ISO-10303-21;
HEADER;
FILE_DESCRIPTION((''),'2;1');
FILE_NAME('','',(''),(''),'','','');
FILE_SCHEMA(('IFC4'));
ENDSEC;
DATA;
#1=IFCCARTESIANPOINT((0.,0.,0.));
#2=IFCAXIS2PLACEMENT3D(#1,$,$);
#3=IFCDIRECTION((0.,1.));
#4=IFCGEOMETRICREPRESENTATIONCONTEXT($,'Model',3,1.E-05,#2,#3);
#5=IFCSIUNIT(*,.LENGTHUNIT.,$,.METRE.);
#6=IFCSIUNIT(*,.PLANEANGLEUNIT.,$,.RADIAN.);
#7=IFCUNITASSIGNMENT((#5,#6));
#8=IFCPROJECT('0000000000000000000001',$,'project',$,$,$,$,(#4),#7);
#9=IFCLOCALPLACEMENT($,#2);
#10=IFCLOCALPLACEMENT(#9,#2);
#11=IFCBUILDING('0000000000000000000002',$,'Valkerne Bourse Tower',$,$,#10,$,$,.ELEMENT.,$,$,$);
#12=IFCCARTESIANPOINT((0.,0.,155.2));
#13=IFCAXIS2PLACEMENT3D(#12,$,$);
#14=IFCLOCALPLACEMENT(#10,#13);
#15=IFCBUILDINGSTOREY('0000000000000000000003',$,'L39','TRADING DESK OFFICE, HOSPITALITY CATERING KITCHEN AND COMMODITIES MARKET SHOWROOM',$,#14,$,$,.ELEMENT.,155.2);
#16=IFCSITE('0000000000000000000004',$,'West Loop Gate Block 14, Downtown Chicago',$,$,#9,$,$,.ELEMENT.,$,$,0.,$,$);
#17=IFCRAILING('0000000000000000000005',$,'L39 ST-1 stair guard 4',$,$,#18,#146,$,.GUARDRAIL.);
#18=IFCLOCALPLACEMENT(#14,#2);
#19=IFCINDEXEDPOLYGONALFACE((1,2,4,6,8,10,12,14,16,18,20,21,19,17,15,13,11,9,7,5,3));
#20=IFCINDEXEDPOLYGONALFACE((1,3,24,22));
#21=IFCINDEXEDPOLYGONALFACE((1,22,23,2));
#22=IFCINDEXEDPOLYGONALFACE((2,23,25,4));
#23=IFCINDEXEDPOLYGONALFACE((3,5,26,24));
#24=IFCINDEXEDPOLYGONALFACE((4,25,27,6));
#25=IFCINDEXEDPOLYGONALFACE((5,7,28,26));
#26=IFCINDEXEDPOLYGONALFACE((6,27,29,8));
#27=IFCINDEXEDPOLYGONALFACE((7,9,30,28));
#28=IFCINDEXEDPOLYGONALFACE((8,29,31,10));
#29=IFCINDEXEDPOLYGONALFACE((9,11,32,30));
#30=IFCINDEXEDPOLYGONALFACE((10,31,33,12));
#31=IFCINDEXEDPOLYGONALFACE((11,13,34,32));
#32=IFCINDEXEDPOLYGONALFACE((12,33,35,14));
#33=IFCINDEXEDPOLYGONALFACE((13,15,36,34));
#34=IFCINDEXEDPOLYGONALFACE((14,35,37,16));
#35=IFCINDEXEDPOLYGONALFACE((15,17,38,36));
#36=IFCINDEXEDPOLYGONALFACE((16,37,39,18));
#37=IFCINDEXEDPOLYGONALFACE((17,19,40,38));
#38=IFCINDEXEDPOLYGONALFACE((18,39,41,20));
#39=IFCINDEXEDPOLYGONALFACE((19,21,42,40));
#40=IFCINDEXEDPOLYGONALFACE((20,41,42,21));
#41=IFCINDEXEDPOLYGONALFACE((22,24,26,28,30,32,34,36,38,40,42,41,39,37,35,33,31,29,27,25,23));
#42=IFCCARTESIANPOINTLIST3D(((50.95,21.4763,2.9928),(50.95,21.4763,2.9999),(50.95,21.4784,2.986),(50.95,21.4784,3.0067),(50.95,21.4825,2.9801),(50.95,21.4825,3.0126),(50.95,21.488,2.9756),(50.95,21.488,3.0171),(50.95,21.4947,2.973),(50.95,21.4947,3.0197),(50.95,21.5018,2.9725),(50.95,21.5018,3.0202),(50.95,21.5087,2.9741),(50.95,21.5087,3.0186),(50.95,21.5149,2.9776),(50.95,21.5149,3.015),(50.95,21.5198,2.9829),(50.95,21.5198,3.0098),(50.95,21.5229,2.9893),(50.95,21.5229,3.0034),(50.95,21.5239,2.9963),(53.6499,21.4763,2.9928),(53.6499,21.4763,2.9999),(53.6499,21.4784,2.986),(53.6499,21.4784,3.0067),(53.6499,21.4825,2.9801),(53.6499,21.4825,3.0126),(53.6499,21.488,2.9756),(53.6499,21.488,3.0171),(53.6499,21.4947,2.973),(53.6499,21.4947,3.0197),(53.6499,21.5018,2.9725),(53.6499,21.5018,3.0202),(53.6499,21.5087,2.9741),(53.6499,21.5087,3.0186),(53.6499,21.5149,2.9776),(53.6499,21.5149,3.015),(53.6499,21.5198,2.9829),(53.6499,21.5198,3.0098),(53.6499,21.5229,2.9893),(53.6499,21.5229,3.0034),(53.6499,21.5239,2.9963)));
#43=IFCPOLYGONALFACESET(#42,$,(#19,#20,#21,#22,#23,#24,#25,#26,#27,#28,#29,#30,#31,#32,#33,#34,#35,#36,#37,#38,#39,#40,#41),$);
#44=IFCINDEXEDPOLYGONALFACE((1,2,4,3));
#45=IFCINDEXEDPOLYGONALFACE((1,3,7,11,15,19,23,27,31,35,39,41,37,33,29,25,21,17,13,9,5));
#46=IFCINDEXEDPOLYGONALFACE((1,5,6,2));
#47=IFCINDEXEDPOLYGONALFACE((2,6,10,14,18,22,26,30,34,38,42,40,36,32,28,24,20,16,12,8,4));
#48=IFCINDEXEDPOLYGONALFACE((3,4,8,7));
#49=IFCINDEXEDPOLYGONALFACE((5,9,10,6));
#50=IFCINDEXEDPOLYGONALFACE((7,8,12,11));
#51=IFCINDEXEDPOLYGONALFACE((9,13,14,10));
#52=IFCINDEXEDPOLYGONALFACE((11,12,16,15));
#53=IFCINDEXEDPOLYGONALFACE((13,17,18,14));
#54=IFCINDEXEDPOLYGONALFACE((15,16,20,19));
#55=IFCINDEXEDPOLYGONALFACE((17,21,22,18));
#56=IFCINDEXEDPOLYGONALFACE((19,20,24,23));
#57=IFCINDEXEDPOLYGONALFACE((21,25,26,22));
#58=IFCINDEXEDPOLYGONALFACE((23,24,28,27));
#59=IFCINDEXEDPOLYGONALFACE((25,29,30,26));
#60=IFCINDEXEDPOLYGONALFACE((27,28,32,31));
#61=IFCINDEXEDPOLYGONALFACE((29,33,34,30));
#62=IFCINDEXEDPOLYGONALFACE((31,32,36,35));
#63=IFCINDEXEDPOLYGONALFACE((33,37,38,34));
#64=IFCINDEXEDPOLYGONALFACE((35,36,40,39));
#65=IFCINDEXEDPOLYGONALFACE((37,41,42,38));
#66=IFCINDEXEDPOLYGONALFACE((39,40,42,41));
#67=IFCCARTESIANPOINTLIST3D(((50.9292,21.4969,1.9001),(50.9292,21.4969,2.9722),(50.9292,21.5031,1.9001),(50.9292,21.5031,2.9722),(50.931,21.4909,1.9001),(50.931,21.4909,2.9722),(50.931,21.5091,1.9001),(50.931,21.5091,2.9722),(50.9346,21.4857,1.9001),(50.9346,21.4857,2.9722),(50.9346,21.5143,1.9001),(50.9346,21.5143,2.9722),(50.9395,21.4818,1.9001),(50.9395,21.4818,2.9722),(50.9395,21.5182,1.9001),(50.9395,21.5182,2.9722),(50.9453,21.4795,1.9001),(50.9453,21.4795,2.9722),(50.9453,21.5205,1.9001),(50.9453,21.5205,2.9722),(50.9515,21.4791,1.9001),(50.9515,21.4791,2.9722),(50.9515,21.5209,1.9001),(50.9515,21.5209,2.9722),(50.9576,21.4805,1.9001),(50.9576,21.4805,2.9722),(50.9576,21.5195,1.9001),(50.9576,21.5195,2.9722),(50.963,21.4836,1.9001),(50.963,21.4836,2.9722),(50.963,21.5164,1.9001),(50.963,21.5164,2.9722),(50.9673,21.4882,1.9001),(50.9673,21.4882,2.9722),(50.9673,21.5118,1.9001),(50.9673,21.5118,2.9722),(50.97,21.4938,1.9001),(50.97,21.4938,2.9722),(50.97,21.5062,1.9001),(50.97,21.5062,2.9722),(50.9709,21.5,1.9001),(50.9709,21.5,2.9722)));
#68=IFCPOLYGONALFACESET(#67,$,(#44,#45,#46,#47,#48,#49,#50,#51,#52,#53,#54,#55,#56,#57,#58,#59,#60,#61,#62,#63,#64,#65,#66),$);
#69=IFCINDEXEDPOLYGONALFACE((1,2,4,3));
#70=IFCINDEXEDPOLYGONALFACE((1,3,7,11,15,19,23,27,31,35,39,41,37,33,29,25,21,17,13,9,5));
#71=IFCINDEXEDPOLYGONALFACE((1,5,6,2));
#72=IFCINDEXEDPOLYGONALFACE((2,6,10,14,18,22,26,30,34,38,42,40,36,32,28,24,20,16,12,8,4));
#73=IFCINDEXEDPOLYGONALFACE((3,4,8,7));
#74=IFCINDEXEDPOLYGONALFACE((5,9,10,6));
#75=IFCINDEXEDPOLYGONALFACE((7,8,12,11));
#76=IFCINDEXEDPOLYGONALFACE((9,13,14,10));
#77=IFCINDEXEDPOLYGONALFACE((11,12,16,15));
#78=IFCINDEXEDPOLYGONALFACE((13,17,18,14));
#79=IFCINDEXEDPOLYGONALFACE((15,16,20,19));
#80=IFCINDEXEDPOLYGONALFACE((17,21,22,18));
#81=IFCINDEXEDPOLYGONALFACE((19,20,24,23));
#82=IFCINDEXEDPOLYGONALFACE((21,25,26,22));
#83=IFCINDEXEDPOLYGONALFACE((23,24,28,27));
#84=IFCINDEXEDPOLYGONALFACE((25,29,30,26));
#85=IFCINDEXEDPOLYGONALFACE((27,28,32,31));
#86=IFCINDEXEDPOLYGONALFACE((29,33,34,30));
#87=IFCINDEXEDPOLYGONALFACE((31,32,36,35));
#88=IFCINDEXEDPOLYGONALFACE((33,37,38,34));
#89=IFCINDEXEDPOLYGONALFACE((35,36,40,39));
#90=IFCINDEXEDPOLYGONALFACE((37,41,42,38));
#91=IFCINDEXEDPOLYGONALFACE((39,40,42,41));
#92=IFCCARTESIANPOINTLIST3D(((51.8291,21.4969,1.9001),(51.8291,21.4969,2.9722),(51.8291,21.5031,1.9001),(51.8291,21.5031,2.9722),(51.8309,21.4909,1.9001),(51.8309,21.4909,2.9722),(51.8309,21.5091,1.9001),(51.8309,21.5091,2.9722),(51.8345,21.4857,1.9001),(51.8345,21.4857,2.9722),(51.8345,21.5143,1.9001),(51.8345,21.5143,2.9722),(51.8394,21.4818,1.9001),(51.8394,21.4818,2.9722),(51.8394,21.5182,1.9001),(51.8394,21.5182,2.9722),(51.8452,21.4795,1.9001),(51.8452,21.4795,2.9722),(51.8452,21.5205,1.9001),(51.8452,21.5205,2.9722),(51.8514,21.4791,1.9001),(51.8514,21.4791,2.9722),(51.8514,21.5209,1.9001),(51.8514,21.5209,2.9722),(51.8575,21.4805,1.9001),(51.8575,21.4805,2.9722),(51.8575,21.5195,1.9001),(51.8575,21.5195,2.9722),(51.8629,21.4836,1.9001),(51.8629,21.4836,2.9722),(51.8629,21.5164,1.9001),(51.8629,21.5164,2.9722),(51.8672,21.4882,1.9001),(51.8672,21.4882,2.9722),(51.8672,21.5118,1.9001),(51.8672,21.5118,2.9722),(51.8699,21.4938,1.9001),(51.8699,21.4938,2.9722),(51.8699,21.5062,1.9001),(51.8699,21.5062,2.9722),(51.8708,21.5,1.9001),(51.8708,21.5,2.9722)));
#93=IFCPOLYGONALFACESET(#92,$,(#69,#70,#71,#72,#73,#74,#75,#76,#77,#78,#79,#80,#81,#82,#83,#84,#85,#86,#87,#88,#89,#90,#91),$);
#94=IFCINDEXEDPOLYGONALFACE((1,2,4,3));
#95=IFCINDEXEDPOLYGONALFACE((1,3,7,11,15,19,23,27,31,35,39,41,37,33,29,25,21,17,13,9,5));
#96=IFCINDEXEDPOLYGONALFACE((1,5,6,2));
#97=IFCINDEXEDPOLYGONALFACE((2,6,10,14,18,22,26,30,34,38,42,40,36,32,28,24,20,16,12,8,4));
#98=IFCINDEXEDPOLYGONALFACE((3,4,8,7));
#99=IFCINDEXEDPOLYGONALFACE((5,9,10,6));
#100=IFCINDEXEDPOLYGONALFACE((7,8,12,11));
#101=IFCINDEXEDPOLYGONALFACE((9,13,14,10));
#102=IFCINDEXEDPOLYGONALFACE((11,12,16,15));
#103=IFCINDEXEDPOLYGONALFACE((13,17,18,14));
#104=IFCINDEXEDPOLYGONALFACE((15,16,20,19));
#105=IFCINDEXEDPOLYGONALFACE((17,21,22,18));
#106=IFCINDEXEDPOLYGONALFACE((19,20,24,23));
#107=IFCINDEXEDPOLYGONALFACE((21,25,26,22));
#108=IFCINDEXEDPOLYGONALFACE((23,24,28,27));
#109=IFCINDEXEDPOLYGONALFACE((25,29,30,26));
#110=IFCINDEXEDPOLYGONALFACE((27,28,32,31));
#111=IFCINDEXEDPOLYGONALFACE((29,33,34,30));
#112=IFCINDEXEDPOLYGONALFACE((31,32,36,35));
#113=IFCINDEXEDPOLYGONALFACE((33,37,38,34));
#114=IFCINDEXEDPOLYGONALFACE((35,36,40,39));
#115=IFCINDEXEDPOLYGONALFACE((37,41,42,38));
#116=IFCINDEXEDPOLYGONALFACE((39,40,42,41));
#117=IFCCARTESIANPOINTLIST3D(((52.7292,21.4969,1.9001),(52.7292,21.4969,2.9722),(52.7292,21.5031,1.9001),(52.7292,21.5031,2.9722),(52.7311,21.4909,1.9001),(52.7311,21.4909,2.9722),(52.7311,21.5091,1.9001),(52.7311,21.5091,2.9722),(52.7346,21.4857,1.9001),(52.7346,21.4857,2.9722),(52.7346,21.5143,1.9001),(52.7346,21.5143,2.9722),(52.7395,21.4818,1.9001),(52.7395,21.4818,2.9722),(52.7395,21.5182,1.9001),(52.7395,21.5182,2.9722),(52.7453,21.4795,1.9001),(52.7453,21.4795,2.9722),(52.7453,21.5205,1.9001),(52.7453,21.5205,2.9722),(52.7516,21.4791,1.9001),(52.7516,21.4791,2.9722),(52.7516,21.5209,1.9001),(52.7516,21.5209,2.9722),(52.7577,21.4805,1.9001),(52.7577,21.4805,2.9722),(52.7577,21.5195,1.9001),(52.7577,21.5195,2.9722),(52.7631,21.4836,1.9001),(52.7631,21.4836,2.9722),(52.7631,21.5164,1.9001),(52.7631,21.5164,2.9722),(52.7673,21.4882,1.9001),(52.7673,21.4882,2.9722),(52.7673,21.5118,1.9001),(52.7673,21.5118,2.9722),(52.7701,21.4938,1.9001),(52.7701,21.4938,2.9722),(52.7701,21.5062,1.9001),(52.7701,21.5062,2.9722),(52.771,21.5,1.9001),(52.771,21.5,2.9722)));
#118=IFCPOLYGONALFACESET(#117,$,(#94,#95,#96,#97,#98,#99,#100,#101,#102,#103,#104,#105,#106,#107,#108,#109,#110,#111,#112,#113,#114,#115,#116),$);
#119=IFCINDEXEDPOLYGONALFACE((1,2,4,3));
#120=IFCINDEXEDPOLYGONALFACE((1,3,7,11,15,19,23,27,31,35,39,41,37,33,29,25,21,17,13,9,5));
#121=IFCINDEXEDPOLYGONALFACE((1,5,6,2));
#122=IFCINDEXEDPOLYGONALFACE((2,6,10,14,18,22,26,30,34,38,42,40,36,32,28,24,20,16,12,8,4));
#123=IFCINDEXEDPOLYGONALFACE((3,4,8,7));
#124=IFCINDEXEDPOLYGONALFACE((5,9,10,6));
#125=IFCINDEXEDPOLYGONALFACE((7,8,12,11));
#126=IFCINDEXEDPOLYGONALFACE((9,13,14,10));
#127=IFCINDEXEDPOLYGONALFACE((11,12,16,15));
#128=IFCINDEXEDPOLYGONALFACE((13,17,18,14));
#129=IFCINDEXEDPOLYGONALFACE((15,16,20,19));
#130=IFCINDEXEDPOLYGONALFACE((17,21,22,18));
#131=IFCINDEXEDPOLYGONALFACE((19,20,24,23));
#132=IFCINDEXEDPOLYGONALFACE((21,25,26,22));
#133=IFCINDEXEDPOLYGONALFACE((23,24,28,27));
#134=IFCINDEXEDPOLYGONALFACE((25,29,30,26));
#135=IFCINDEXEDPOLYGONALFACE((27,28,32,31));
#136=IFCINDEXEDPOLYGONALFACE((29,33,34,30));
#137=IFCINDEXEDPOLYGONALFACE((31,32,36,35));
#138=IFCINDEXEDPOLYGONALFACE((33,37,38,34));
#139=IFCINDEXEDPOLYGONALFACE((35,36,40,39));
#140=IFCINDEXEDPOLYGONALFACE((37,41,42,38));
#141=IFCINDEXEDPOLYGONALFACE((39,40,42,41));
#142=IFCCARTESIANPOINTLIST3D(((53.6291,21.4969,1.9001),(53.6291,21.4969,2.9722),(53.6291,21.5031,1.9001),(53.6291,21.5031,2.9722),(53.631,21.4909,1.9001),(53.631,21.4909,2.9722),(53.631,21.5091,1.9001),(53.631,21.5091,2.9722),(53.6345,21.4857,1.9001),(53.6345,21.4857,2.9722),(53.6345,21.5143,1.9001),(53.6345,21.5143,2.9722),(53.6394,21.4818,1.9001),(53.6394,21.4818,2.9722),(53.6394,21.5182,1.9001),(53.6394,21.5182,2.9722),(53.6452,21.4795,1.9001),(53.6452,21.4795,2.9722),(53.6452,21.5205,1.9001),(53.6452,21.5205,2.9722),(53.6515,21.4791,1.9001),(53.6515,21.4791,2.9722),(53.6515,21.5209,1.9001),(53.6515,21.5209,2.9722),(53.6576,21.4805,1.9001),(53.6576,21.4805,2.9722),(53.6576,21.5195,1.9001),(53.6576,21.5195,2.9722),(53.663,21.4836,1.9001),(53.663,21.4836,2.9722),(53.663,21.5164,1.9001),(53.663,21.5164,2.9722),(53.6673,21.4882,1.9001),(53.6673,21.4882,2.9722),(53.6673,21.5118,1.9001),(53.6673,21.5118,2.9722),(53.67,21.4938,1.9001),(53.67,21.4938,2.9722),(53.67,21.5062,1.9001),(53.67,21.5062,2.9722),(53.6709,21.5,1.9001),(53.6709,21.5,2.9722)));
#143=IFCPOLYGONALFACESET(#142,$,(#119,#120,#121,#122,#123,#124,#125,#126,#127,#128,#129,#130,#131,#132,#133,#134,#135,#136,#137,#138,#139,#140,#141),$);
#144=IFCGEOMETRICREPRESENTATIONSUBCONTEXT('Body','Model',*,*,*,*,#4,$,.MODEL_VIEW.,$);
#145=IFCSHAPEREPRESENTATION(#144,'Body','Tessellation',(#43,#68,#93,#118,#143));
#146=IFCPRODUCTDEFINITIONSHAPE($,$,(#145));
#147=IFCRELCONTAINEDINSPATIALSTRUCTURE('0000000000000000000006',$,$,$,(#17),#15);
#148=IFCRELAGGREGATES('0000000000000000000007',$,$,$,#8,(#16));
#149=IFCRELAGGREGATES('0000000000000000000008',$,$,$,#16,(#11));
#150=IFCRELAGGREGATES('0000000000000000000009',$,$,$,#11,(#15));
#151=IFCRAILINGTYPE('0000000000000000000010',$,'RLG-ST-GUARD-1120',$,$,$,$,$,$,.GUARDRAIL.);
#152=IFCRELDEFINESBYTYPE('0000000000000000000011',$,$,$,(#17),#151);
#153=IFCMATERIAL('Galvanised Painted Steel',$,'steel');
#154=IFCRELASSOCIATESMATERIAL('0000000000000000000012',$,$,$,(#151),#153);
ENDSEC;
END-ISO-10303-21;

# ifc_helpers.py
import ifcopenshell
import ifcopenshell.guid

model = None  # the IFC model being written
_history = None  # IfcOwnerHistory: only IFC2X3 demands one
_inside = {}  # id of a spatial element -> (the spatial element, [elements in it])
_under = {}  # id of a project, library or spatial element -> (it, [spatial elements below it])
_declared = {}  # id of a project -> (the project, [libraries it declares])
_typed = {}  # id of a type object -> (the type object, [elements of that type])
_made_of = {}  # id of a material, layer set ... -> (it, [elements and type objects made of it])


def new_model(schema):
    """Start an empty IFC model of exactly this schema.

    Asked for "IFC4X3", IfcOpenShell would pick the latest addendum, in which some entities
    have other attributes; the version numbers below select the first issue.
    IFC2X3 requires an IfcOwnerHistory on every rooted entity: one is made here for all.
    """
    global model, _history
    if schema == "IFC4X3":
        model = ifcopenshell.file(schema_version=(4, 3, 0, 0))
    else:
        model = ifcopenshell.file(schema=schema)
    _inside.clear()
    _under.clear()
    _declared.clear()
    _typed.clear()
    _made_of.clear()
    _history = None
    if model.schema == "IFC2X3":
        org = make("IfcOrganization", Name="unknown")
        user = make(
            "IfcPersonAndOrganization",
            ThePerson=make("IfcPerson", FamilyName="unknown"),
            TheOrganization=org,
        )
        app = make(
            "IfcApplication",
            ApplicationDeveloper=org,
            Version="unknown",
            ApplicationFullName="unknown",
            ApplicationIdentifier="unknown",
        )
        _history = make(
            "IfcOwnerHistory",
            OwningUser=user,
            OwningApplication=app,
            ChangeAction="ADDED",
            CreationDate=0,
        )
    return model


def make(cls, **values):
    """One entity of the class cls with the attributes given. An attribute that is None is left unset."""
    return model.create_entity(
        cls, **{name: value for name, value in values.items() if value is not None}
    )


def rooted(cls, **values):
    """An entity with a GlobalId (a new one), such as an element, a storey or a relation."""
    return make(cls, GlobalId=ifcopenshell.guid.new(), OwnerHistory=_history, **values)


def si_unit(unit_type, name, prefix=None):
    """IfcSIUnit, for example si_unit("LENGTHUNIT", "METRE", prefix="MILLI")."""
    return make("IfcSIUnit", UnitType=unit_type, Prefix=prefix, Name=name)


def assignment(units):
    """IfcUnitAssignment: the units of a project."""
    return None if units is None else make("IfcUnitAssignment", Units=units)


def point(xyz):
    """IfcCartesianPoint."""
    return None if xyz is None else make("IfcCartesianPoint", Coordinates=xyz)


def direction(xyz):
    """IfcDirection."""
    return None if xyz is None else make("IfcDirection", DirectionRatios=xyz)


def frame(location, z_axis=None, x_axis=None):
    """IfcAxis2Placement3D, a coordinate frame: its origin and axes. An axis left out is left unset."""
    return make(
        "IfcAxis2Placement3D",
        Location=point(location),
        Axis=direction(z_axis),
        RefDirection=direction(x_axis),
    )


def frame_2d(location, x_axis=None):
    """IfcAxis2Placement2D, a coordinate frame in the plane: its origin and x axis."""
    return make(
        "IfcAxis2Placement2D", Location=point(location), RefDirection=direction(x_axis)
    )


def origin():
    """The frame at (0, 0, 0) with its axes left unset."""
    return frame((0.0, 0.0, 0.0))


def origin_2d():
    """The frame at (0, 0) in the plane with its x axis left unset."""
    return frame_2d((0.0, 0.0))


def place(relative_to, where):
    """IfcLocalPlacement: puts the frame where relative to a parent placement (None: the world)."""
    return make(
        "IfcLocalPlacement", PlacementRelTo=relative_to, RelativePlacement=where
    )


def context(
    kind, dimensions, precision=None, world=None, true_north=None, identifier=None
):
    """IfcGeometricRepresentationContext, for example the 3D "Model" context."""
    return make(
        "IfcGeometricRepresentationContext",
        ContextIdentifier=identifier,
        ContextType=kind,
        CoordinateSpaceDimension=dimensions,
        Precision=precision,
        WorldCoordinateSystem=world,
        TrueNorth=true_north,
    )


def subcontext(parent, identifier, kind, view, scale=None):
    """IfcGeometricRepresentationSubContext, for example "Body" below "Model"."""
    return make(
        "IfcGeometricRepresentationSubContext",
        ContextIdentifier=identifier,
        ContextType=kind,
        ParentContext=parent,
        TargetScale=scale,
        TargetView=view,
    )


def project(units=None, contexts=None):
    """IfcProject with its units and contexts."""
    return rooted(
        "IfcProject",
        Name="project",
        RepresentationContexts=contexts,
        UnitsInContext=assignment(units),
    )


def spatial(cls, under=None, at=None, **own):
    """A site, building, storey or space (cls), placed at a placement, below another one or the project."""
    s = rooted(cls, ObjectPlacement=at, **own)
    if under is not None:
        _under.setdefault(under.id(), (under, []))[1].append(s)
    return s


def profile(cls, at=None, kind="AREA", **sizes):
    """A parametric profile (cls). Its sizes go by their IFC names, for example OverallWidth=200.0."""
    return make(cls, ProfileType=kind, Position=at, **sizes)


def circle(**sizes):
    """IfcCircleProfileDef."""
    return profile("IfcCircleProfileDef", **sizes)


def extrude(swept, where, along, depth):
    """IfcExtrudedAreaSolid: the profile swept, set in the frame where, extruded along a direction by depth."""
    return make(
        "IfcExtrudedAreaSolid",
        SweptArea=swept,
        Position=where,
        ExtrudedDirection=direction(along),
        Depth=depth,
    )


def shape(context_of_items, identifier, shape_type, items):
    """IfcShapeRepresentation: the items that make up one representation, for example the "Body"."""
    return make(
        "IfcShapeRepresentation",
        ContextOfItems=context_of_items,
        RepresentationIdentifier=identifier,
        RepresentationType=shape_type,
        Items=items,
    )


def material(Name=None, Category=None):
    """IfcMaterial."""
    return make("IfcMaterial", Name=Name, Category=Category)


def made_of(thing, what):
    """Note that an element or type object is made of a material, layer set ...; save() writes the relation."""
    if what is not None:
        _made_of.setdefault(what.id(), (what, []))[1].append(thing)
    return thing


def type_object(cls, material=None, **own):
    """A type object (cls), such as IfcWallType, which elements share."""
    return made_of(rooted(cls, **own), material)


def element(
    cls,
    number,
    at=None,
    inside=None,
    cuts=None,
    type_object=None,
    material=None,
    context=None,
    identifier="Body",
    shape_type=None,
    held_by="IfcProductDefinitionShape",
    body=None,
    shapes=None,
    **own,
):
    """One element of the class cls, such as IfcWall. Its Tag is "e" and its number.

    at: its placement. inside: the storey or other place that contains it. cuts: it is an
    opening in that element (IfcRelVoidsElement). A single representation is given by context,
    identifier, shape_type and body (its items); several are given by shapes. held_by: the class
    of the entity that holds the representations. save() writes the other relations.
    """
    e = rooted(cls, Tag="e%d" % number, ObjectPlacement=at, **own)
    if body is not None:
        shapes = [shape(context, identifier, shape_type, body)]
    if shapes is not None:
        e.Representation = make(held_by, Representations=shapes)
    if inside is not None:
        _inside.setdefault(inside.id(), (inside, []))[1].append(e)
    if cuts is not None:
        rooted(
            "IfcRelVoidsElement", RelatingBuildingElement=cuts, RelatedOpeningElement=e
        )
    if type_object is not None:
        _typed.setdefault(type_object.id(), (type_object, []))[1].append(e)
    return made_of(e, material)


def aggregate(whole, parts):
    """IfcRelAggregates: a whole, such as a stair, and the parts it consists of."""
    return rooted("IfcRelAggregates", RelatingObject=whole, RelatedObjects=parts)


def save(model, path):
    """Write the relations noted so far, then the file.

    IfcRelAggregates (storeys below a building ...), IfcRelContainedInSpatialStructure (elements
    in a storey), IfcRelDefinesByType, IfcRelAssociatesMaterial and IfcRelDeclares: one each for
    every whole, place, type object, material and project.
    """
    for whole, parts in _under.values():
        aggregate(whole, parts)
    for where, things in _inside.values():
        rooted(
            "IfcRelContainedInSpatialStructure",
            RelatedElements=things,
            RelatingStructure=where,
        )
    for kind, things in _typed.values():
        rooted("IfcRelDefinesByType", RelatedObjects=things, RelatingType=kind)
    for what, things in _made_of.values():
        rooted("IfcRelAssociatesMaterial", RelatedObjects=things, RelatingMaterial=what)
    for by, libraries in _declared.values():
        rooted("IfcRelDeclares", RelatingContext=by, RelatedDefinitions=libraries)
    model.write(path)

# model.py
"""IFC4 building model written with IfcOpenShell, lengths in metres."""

from ifc_helpers import new_model, si_unit, direction, frame, origin, origin_2d, place, context, subcontext, project, spatial, circle, extrude, material, type_object, element, save


model = new_model("IFC4")

# Units and contexts
model_context = context("Model", 3, precision=1e-05, world=origin(), true_north=direction((0.0, 1.0)))
body_context = subcontext(model_context, "Body", "Model", "MODEL_VIEW")
ifc_project = project(units=[si_unit("LENGTHUNIT", "METRE"), si_unit("PLANEANGLEUNIT", "RADIAN")], contexts=[model_context])

# Site, building, storey
site_placement = place(None, origin())
site = spatial("IfcSite", under=ifc_project, at=site_placement, Name="West Loop Gate Block 14, Downtown Chicago", CompositionType="ELEMENT", RefElevation=0.0)
building_placement = place(site_placement, origin())
building = spatial("IfcBuilding", under=site, at=building_placement, Name="Valkerne Bourse Tower", CompositionType="ELEMENT")
storey_placement = place(building_placement, frame((0.0, 0.0, 155.2)))
storey = spatial("IfcBuildingStorey", under=building, at=storey_placement, Name="L39", Description="TRADING DESK OFFICE, HOSPITALITY CATERING KITCHEN AND COMMODITIES MARKET SHOWROOM", CompositionType="ELEMENT", Elevation=155.2)

# Shared definitions
ifc_material_1 = material(Name="Galvanised Painted Steel", Category="steel")

# Railing
railing_type_1 = type_object("IfcRailingType", Name="RLG-ST-GUARD-1120", PredefinedType="GUARDRAIL", material=ifc_material_1)
for number, where, name in (
    (1, (50.95, 21.5, 1.9001), "L39 ST-1 stair guard 4"),
):
    element("IfcRailing", number, at=place(storey_placement, frame(where)), inside=storey, type_object=railing_type_1, Name=name, PredefinedType="GUARDRAIL", context=body_context, shape_type="SweptSolid", body=[
        extrude(circle(Radius=0.0239, at=origin_2d()), frame((0.0, 0.0, 1.0962), z_axis=(1.0, 0.0, 0.0), x_axis=(0.0, 1.0, 0.0)), (0.0, 0.0, 1.0), 2.7),
        extrude(circle(Radius=0.021, at=origin_2d()), origin(), (0.0, 0.0, 1.0), 1.072),
        extrude(circle(Radius=0.021, at=origin_2d()), frame((0.8999, 0.0, 0.0)), (0.0, 0.0, 1.0), 1.072),
        extrude(circle(Radius=0.021, at=origin_2d()), frame((1.8, 0.0, 0.0)), (0.0, 0.0, 1.0), 1.072),
        extrude(circle(Radius=0.021, at=origin_2d()), frame((2.7, 0.0, 0.0)), (0.0, 0.0, 1.0), 1.072),
    ])

save(model, "model.ifc")
